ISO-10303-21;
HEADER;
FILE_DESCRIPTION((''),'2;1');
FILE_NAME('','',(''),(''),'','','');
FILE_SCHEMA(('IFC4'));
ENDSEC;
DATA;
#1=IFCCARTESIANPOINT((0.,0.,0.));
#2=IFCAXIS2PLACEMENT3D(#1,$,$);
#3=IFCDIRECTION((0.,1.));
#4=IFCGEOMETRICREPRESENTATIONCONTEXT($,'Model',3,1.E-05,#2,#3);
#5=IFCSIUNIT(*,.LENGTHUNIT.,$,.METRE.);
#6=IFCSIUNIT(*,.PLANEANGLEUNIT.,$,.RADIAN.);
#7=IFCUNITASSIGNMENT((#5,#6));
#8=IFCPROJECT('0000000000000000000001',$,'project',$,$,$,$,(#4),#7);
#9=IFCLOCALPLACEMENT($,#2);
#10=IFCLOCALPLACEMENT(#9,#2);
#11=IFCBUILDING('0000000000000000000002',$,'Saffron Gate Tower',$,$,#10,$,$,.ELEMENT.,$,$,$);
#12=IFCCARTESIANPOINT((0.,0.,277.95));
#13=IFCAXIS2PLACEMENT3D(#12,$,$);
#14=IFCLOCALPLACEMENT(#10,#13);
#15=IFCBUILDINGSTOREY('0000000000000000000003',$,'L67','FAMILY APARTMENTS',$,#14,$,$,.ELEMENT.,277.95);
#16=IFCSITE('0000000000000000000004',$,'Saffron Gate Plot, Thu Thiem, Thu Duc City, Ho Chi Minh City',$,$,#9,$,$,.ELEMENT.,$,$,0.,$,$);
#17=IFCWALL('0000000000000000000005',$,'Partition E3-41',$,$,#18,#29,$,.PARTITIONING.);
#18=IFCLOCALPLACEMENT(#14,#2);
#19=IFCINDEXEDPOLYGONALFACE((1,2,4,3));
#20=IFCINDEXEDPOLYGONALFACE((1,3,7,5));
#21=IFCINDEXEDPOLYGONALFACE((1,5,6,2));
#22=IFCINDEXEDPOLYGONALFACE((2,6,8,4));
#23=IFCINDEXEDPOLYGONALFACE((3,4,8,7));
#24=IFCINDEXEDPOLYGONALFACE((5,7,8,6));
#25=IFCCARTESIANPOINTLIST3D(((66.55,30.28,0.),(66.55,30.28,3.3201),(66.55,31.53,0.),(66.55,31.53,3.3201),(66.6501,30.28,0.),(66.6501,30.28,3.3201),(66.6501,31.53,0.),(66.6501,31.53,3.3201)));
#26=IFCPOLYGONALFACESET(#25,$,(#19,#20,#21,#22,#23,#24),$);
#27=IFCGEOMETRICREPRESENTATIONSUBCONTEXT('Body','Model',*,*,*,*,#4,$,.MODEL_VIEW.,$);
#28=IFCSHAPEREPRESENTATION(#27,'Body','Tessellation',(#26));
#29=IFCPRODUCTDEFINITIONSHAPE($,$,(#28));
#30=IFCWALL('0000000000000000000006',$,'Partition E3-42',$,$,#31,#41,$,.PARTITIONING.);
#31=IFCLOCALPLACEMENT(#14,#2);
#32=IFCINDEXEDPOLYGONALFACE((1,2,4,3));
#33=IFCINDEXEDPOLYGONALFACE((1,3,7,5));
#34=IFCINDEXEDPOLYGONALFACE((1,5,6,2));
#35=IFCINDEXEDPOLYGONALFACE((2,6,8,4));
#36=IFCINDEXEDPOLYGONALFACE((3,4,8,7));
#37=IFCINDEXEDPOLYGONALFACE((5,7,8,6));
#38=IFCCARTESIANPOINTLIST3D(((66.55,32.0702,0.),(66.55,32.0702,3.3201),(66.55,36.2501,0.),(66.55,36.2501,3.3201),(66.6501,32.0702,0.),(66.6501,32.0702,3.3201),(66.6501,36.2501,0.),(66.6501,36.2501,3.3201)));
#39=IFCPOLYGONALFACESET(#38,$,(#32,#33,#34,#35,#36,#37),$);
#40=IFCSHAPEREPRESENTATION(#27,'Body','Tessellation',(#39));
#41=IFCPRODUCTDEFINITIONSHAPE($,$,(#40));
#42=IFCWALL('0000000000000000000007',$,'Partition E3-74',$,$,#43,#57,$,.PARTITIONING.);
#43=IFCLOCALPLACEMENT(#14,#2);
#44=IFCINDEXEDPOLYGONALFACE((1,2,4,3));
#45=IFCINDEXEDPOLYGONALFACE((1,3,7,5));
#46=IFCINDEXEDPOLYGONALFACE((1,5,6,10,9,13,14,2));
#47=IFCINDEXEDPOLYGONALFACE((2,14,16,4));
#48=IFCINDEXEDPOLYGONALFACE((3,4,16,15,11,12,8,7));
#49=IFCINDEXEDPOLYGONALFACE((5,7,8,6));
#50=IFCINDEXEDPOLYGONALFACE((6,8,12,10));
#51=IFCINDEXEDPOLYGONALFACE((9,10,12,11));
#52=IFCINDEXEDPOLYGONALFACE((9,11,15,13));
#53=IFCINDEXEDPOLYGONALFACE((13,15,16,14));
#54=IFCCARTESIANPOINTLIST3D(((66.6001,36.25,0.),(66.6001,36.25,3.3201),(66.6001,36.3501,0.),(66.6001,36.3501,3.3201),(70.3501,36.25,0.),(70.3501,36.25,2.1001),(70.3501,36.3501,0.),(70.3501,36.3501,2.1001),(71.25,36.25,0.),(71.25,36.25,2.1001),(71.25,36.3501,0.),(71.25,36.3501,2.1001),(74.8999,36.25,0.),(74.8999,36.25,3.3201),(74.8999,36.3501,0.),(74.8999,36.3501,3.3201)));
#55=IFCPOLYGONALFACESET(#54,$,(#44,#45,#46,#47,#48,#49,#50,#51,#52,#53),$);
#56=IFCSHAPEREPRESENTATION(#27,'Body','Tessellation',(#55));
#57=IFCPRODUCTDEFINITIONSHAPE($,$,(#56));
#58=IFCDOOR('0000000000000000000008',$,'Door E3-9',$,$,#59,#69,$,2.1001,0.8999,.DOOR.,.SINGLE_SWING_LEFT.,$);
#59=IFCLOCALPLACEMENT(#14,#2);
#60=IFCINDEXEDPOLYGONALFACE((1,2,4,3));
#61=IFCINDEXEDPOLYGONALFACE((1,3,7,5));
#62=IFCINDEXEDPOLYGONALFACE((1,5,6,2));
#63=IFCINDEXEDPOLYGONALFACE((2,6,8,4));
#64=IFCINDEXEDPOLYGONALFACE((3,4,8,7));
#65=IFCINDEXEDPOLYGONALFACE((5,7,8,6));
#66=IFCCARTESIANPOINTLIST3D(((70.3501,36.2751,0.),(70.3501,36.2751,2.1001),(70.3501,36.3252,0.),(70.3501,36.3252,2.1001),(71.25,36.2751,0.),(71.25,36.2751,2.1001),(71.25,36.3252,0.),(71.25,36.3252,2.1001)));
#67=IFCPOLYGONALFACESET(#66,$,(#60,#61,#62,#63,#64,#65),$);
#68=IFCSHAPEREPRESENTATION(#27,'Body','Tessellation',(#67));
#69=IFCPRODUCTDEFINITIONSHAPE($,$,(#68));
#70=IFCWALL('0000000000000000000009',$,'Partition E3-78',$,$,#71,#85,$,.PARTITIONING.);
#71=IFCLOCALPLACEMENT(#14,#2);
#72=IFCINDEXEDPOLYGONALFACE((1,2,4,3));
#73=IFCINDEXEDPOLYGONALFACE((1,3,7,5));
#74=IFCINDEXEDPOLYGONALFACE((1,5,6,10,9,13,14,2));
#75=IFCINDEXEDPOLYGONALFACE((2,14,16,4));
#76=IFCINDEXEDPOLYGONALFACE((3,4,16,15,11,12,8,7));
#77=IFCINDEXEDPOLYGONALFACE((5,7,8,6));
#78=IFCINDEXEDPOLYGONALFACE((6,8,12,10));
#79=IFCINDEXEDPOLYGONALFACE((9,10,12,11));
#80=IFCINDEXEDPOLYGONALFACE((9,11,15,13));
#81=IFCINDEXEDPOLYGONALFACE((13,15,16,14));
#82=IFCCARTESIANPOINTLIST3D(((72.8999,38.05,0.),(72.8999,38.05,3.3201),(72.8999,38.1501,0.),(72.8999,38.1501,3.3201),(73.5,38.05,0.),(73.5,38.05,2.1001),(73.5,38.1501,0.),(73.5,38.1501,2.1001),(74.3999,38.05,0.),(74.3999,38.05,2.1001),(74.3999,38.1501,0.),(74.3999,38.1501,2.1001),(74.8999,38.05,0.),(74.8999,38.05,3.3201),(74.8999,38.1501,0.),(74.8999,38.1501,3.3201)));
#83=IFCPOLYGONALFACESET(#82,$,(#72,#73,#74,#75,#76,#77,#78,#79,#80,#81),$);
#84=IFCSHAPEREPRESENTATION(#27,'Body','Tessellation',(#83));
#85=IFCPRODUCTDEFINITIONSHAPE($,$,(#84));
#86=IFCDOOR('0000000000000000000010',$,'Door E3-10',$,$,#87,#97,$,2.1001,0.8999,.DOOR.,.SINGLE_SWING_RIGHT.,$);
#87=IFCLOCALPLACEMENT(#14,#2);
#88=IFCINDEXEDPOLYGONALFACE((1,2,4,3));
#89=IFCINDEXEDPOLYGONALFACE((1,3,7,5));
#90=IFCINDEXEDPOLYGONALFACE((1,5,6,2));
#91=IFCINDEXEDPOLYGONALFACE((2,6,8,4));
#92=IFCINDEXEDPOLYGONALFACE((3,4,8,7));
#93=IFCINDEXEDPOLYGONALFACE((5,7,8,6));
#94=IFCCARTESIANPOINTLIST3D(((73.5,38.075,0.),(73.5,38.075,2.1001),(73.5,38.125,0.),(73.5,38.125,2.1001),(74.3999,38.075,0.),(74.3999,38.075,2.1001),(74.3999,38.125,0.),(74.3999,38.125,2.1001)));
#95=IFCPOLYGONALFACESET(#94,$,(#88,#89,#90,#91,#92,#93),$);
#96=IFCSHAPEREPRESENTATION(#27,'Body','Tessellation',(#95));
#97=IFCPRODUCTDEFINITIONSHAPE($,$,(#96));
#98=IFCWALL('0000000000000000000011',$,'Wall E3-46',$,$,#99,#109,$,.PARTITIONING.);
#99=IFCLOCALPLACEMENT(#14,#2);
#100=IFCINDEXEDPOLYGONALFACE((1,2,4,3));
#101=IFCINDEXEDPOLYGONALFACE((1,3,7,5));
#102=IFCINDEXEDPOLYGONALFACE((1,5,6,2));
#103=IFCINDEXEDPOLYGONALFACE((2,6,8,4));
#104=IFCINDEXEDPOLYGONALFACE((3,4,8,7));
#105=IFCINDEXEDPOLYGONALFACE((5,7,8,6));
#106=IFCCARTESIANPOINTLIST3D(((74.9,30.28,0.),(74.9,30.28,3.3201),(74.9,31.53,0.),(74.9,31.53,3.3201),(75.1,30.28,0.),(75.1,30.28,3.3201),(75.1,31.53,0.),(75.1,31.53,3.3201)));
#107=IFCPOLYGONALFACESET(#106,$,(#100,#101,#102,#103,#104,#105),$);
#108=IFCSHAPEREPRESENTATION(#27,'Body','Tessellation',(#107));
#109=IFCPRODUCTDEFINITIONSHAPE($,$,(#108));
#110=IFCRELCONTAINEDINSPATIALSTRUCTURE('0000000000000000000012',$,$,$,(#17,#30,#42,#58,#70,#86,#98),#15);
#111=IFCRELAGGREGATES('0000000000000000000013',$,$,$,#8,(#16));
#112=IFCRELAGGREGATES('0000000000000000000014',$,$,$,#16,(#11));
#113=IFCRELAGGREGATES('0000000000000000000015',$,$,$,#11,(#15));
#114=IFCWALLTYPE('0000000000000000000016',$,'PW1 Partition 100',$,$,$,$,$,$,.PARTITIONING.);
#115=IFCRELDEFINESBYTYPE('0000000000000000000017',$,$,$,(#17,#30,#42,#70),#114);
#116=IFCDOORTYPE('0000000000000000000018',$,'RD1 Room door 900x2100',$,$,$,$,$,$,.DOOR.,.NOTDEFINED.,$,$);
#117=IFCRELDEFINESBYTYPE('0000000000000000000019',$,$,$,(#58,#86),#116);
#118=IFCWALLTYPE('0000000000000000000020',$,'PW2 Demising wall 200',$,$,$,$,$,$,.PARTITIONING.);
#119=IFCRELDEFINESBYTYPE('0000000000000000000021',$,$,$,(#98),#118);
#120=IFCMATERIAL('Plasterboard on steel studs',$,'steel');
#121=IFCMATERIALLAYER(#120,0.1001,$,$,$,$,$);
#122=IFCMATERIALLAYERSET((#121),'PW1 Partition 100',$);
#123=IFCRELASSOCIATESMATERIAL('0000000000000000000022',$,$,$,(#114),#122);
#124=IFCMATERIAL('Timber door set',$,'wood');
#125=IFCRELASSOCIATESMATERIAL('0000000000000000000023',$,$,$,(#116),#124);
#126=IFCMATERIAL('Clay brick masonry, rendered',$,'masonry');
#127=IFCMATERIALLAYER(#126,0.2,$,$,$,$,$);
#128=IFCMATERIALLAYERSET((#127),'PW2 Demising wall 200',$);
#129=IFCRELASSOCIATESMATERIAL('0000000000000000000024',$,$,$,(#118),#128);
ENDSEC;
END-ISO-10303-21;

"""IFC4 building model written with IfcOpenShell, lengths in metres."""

from ifc_helpers import new_model, si_unit, direction, frame, frame_2d, origin, place, context, subcontext, project, spatial, rectangle, extrude, material, layer, layer_set, type_object, element, fill, save


model = new_model("IFC4")

# Units and contexts
model_context = context("Model", 3, precision=1e-05, world=origin(), true_north=direction((0.0, 1.0)))
body_context = subcontext(model_context, "Body", "Model", "MODEL_VIEW")
ifc_project = project(units=[si_unit("LENGTHUNIT", "METRE"), si_unit("PLANEANGLEUNIT", "RADIAN")], contexts=[model_context])

# Site, building, storey
site_placement = place(None, origin())
site = spatial("IfcSite", under=ifc_project, at=site_placement, Name="Saffron Gate Plot, Thu Thiem, Thu Duc City, Ho Chi Minh City", CompositionType="ELEMENT", RefElevation=0.0)
building_placement = place(site_placement, origin())
building = spatial("IfcBuilding", under=site, at=building_placement, Name="Saffron Gate Tower", CompositionType="ELEMENT")
storey_placement = place(building_placement, frame((0.0, 0.0, 277.95)))
storey = spatial("IfcBuildingStorey", under=building, at=storey_placement, Name="L67", Description="FAMILY APARTMENTS", CompositionType="ELEMENT", Elevation=277.95)

# Shared definitions
ifc_material_1 = material(Name="Plasterboard on steel studs", Category="steel")
ifc_layer_1 = layer(ifc_material_1, 0.1001)
ifc_layer_set_1 = layer_set([ifc_layer_1], Name="PW1 Partition 100")
wall_type_1 = type_object("IfcWallType", Name="PW1 Partition 100", PredefinedType="PARTITIONING", material=ifc_layer_set_1)
ifc_material_2 = material(Name="Timber door set", Category="wood")

# Walls
wall_1_placement = place(storey_placement, frame((66.6001, 31.53, 0.0), z_axis=(0.0, 0.0, 1.0), x_axis=(0.0, -1.0, 0.0)))
element("IfcWall", 1, at=wall_1_placement, inside=storey, type_object=wall_type_1, Name="Partition E3-41", PredefinedType="PARTITIONING", context=body_context, shape_type="SweptSolid", body=[
    extrude(rectangle(XDim=1.25, YDim=0.1001, at=frame_2d((0.625, 0.0))), origin(), (0.0, 0.0, 1.0), 3.3201),
])
wall_2_placement = place(storey_placement, frame((66.6001, 36.25, 0.0), z_axis=(0.0, 0.0, 1.0), x_axis=(0.0, -1.0, 0.0)))
element("IfcWall", 2, at=wall_2_placement, inside=storey, type_object=wall_type_1, Name="Partition E3-42", PredefinedType="PARTITIONING", context=body_context, shape_type="SweptSolid", body=[
    extrude(rectangle(XDim=4.1799, YDim=0.1001, at=frame_2d((2.0898, 0.0))), origin(), (0.0, 0.0, 1.0), 3.3201),
])

# Walls, openings, doors
wall_3_placement = place(storey_placement, frame((74.8999, 36.3, 0.0), z_axis=(0.0, 0.0, 1.0), x_axis=(-1.0, 0.0, 0.0)))
wall_3 = element("IfcWall", 3, at=wall_3_placement, inside=storey, type_object=wall_type_1, Name="Partition E3-74", PredefinedType="PARTITIONING", context=body_context, shape_type="SweptSolid", body=[
    extrude(rectangle(XDim=8.2998, YDim=0.1001, at=frame_2d((4.1499, 0.0))), origin(), (0.0, 0.0, 1.0), 3.3201),
])
opening_1_placement = place(wall_3_placement, frame((3.6499, 0.0, 0.0)))
opening_1 = element("IfcOpeningElement", 4, at=opening_1_placement, cuts=wall_3, PredefinedType="OPENING", context=body_context, shape_type="SweptSolid", body=[
    extrude(rectangle(XDim=0.8999, YDim=2.1001, at=frame_2d((0.45, 1.05))), frame((0.0, 0.0601, 0.0), z_axis=(0.0, -1.0, 0.0), x_axis=(1.0, 0.0, 0.0)), (0.0, 0.0, 1.0), 0.1201),
])
door_type_1 = type_object("IfcDoorType", Name="RD1 Room door 900x2100", OperationType="NOTDEFINED", PredefinedType="DOOR", material=ifc_material_2)
door_1_placement = place(opening_1_placement, origin())
door_1 = element("IfcDoor", 5, at=door_1_placement, inside=storey, type_object=door_type_1, Name="Door E3-9", OperationType="SINGLE_SWING_LEFT", OverallHeight=2.1001, OverallWidth=0.8999, PredefinedType="DOOR", context=body_context, shape_type="SweptSolid", body=[
    extrude(rectangle(XDim=0.8999, YDim=2.1001, at=frame_2d((0.45, 1.05))), frame((0.0, 0.0249, 0.0), z_axis=(0.0, -1.0, 0.0), x_axis=(1.0, 0.0, 0.0)), (0.0, 0.0, 1.0), 0.05),
])
fill(opening_1, door_1)
wall_4_placement = place(storey_placement, frame((72.8999, 38.1001, 0.0), z_axis=(0.0, 0.0, 1.0), x_axis=(1.0, 0.0, 0.0)))
wall_4 = element("IfcWall", 6, at=wall_4_placement, inside=storey, type_object=wall_type_1, Name="Partition E3-78", PredefinedType="PARTITIONING", context=body_context, shape_type="SweptSolid", body=[
    extrude(rectangle(XDim=2.0, YDim=0.1001, at=frame_2d((1.0, 0.0))), origin(), (0.0, 0.0, 1.0), 3.3201),
])
opening_2_placement = place(wall_4_placement, frame((0.6001, 0.0, 0.0)))
opening_2 = element("IfcOpeningElement", 7, at=opening_2_placement, cuts=wall_4, PredefinedType="OPENING", context=body_context, shape_type="SweptSolid", body=[
    extrude(rectangle(XDim=0.8999, YDim=2.1001, at=frame_2d((0.45, 1.05))), frame((0.0, 0.0601, 0.0), z_axis=(0.0, -1.0, 0.0), x_axis=(1.0, 0.0, 0.0)), (0.0, 0.0, 1.0), 0.1201),
])
door_2_placement = place(opening_2_placement, origin())
door_2 = element("IfcDoor", 8, at=door_2_placement, inside=storey, type_object=door_type_1, Name="Door E3-10", OperationType="SINGLE_SWING_RIGHT", OverallHeight=2.1001, OverallWidth=0.8999, PredefinedType="DOOR", context=body_context, shape_type="SweptSolid", body=[
    extrude(rectangle(XDim=0.8999, YDim=2.1001, at=frame_2d((0.45, 1.05))), frame((0.0, 0.0249, 0.0), z_axis=(0.0, -1.0, 0.0), x_axis=(1.0, 0.0, 0.0)), (0.0, 0.0, 1.0), 0.05),
])
fill(opening_2, door_2)

# Wall
ifc_material_3 = material(Name="Clay brick masonry, rendered", Category="masonry")
ifc_layer_2 = layer(ifc_material_3, 0.2)
ifc_layer_set_2 = layer_set([ifc_layer_2], Name="PW2 Demising wall 200")
wall_type_2 = type_object("IfcWallType", Name="PW2 Demising wall 200", PredefinedType="PARTITIONING", material=ifc_layer_set_2)
wall_5_placement = place(storey_placement, frame((75.0, 31.53, 0.0), z_axis=(0.0, 0.0, 1.0), x_axis=(0.0, -1.0, 0.0)))
element("IfcWall", 9, at=wall_5_placement, inside=storey, type_object=wall_type_2, Name="Wall E3-46", PredefinedType="PARTITIONING", context=body_context, shape_type="SweptSolid", body=[
    extrude(rectangle(XDim=1.25, YDim=0.2, at=frame_2d((0.625, 0.0))), origin(), (0.0, 0.0, 1.0), 3.3201),
])

save(model, "model.ifc")
